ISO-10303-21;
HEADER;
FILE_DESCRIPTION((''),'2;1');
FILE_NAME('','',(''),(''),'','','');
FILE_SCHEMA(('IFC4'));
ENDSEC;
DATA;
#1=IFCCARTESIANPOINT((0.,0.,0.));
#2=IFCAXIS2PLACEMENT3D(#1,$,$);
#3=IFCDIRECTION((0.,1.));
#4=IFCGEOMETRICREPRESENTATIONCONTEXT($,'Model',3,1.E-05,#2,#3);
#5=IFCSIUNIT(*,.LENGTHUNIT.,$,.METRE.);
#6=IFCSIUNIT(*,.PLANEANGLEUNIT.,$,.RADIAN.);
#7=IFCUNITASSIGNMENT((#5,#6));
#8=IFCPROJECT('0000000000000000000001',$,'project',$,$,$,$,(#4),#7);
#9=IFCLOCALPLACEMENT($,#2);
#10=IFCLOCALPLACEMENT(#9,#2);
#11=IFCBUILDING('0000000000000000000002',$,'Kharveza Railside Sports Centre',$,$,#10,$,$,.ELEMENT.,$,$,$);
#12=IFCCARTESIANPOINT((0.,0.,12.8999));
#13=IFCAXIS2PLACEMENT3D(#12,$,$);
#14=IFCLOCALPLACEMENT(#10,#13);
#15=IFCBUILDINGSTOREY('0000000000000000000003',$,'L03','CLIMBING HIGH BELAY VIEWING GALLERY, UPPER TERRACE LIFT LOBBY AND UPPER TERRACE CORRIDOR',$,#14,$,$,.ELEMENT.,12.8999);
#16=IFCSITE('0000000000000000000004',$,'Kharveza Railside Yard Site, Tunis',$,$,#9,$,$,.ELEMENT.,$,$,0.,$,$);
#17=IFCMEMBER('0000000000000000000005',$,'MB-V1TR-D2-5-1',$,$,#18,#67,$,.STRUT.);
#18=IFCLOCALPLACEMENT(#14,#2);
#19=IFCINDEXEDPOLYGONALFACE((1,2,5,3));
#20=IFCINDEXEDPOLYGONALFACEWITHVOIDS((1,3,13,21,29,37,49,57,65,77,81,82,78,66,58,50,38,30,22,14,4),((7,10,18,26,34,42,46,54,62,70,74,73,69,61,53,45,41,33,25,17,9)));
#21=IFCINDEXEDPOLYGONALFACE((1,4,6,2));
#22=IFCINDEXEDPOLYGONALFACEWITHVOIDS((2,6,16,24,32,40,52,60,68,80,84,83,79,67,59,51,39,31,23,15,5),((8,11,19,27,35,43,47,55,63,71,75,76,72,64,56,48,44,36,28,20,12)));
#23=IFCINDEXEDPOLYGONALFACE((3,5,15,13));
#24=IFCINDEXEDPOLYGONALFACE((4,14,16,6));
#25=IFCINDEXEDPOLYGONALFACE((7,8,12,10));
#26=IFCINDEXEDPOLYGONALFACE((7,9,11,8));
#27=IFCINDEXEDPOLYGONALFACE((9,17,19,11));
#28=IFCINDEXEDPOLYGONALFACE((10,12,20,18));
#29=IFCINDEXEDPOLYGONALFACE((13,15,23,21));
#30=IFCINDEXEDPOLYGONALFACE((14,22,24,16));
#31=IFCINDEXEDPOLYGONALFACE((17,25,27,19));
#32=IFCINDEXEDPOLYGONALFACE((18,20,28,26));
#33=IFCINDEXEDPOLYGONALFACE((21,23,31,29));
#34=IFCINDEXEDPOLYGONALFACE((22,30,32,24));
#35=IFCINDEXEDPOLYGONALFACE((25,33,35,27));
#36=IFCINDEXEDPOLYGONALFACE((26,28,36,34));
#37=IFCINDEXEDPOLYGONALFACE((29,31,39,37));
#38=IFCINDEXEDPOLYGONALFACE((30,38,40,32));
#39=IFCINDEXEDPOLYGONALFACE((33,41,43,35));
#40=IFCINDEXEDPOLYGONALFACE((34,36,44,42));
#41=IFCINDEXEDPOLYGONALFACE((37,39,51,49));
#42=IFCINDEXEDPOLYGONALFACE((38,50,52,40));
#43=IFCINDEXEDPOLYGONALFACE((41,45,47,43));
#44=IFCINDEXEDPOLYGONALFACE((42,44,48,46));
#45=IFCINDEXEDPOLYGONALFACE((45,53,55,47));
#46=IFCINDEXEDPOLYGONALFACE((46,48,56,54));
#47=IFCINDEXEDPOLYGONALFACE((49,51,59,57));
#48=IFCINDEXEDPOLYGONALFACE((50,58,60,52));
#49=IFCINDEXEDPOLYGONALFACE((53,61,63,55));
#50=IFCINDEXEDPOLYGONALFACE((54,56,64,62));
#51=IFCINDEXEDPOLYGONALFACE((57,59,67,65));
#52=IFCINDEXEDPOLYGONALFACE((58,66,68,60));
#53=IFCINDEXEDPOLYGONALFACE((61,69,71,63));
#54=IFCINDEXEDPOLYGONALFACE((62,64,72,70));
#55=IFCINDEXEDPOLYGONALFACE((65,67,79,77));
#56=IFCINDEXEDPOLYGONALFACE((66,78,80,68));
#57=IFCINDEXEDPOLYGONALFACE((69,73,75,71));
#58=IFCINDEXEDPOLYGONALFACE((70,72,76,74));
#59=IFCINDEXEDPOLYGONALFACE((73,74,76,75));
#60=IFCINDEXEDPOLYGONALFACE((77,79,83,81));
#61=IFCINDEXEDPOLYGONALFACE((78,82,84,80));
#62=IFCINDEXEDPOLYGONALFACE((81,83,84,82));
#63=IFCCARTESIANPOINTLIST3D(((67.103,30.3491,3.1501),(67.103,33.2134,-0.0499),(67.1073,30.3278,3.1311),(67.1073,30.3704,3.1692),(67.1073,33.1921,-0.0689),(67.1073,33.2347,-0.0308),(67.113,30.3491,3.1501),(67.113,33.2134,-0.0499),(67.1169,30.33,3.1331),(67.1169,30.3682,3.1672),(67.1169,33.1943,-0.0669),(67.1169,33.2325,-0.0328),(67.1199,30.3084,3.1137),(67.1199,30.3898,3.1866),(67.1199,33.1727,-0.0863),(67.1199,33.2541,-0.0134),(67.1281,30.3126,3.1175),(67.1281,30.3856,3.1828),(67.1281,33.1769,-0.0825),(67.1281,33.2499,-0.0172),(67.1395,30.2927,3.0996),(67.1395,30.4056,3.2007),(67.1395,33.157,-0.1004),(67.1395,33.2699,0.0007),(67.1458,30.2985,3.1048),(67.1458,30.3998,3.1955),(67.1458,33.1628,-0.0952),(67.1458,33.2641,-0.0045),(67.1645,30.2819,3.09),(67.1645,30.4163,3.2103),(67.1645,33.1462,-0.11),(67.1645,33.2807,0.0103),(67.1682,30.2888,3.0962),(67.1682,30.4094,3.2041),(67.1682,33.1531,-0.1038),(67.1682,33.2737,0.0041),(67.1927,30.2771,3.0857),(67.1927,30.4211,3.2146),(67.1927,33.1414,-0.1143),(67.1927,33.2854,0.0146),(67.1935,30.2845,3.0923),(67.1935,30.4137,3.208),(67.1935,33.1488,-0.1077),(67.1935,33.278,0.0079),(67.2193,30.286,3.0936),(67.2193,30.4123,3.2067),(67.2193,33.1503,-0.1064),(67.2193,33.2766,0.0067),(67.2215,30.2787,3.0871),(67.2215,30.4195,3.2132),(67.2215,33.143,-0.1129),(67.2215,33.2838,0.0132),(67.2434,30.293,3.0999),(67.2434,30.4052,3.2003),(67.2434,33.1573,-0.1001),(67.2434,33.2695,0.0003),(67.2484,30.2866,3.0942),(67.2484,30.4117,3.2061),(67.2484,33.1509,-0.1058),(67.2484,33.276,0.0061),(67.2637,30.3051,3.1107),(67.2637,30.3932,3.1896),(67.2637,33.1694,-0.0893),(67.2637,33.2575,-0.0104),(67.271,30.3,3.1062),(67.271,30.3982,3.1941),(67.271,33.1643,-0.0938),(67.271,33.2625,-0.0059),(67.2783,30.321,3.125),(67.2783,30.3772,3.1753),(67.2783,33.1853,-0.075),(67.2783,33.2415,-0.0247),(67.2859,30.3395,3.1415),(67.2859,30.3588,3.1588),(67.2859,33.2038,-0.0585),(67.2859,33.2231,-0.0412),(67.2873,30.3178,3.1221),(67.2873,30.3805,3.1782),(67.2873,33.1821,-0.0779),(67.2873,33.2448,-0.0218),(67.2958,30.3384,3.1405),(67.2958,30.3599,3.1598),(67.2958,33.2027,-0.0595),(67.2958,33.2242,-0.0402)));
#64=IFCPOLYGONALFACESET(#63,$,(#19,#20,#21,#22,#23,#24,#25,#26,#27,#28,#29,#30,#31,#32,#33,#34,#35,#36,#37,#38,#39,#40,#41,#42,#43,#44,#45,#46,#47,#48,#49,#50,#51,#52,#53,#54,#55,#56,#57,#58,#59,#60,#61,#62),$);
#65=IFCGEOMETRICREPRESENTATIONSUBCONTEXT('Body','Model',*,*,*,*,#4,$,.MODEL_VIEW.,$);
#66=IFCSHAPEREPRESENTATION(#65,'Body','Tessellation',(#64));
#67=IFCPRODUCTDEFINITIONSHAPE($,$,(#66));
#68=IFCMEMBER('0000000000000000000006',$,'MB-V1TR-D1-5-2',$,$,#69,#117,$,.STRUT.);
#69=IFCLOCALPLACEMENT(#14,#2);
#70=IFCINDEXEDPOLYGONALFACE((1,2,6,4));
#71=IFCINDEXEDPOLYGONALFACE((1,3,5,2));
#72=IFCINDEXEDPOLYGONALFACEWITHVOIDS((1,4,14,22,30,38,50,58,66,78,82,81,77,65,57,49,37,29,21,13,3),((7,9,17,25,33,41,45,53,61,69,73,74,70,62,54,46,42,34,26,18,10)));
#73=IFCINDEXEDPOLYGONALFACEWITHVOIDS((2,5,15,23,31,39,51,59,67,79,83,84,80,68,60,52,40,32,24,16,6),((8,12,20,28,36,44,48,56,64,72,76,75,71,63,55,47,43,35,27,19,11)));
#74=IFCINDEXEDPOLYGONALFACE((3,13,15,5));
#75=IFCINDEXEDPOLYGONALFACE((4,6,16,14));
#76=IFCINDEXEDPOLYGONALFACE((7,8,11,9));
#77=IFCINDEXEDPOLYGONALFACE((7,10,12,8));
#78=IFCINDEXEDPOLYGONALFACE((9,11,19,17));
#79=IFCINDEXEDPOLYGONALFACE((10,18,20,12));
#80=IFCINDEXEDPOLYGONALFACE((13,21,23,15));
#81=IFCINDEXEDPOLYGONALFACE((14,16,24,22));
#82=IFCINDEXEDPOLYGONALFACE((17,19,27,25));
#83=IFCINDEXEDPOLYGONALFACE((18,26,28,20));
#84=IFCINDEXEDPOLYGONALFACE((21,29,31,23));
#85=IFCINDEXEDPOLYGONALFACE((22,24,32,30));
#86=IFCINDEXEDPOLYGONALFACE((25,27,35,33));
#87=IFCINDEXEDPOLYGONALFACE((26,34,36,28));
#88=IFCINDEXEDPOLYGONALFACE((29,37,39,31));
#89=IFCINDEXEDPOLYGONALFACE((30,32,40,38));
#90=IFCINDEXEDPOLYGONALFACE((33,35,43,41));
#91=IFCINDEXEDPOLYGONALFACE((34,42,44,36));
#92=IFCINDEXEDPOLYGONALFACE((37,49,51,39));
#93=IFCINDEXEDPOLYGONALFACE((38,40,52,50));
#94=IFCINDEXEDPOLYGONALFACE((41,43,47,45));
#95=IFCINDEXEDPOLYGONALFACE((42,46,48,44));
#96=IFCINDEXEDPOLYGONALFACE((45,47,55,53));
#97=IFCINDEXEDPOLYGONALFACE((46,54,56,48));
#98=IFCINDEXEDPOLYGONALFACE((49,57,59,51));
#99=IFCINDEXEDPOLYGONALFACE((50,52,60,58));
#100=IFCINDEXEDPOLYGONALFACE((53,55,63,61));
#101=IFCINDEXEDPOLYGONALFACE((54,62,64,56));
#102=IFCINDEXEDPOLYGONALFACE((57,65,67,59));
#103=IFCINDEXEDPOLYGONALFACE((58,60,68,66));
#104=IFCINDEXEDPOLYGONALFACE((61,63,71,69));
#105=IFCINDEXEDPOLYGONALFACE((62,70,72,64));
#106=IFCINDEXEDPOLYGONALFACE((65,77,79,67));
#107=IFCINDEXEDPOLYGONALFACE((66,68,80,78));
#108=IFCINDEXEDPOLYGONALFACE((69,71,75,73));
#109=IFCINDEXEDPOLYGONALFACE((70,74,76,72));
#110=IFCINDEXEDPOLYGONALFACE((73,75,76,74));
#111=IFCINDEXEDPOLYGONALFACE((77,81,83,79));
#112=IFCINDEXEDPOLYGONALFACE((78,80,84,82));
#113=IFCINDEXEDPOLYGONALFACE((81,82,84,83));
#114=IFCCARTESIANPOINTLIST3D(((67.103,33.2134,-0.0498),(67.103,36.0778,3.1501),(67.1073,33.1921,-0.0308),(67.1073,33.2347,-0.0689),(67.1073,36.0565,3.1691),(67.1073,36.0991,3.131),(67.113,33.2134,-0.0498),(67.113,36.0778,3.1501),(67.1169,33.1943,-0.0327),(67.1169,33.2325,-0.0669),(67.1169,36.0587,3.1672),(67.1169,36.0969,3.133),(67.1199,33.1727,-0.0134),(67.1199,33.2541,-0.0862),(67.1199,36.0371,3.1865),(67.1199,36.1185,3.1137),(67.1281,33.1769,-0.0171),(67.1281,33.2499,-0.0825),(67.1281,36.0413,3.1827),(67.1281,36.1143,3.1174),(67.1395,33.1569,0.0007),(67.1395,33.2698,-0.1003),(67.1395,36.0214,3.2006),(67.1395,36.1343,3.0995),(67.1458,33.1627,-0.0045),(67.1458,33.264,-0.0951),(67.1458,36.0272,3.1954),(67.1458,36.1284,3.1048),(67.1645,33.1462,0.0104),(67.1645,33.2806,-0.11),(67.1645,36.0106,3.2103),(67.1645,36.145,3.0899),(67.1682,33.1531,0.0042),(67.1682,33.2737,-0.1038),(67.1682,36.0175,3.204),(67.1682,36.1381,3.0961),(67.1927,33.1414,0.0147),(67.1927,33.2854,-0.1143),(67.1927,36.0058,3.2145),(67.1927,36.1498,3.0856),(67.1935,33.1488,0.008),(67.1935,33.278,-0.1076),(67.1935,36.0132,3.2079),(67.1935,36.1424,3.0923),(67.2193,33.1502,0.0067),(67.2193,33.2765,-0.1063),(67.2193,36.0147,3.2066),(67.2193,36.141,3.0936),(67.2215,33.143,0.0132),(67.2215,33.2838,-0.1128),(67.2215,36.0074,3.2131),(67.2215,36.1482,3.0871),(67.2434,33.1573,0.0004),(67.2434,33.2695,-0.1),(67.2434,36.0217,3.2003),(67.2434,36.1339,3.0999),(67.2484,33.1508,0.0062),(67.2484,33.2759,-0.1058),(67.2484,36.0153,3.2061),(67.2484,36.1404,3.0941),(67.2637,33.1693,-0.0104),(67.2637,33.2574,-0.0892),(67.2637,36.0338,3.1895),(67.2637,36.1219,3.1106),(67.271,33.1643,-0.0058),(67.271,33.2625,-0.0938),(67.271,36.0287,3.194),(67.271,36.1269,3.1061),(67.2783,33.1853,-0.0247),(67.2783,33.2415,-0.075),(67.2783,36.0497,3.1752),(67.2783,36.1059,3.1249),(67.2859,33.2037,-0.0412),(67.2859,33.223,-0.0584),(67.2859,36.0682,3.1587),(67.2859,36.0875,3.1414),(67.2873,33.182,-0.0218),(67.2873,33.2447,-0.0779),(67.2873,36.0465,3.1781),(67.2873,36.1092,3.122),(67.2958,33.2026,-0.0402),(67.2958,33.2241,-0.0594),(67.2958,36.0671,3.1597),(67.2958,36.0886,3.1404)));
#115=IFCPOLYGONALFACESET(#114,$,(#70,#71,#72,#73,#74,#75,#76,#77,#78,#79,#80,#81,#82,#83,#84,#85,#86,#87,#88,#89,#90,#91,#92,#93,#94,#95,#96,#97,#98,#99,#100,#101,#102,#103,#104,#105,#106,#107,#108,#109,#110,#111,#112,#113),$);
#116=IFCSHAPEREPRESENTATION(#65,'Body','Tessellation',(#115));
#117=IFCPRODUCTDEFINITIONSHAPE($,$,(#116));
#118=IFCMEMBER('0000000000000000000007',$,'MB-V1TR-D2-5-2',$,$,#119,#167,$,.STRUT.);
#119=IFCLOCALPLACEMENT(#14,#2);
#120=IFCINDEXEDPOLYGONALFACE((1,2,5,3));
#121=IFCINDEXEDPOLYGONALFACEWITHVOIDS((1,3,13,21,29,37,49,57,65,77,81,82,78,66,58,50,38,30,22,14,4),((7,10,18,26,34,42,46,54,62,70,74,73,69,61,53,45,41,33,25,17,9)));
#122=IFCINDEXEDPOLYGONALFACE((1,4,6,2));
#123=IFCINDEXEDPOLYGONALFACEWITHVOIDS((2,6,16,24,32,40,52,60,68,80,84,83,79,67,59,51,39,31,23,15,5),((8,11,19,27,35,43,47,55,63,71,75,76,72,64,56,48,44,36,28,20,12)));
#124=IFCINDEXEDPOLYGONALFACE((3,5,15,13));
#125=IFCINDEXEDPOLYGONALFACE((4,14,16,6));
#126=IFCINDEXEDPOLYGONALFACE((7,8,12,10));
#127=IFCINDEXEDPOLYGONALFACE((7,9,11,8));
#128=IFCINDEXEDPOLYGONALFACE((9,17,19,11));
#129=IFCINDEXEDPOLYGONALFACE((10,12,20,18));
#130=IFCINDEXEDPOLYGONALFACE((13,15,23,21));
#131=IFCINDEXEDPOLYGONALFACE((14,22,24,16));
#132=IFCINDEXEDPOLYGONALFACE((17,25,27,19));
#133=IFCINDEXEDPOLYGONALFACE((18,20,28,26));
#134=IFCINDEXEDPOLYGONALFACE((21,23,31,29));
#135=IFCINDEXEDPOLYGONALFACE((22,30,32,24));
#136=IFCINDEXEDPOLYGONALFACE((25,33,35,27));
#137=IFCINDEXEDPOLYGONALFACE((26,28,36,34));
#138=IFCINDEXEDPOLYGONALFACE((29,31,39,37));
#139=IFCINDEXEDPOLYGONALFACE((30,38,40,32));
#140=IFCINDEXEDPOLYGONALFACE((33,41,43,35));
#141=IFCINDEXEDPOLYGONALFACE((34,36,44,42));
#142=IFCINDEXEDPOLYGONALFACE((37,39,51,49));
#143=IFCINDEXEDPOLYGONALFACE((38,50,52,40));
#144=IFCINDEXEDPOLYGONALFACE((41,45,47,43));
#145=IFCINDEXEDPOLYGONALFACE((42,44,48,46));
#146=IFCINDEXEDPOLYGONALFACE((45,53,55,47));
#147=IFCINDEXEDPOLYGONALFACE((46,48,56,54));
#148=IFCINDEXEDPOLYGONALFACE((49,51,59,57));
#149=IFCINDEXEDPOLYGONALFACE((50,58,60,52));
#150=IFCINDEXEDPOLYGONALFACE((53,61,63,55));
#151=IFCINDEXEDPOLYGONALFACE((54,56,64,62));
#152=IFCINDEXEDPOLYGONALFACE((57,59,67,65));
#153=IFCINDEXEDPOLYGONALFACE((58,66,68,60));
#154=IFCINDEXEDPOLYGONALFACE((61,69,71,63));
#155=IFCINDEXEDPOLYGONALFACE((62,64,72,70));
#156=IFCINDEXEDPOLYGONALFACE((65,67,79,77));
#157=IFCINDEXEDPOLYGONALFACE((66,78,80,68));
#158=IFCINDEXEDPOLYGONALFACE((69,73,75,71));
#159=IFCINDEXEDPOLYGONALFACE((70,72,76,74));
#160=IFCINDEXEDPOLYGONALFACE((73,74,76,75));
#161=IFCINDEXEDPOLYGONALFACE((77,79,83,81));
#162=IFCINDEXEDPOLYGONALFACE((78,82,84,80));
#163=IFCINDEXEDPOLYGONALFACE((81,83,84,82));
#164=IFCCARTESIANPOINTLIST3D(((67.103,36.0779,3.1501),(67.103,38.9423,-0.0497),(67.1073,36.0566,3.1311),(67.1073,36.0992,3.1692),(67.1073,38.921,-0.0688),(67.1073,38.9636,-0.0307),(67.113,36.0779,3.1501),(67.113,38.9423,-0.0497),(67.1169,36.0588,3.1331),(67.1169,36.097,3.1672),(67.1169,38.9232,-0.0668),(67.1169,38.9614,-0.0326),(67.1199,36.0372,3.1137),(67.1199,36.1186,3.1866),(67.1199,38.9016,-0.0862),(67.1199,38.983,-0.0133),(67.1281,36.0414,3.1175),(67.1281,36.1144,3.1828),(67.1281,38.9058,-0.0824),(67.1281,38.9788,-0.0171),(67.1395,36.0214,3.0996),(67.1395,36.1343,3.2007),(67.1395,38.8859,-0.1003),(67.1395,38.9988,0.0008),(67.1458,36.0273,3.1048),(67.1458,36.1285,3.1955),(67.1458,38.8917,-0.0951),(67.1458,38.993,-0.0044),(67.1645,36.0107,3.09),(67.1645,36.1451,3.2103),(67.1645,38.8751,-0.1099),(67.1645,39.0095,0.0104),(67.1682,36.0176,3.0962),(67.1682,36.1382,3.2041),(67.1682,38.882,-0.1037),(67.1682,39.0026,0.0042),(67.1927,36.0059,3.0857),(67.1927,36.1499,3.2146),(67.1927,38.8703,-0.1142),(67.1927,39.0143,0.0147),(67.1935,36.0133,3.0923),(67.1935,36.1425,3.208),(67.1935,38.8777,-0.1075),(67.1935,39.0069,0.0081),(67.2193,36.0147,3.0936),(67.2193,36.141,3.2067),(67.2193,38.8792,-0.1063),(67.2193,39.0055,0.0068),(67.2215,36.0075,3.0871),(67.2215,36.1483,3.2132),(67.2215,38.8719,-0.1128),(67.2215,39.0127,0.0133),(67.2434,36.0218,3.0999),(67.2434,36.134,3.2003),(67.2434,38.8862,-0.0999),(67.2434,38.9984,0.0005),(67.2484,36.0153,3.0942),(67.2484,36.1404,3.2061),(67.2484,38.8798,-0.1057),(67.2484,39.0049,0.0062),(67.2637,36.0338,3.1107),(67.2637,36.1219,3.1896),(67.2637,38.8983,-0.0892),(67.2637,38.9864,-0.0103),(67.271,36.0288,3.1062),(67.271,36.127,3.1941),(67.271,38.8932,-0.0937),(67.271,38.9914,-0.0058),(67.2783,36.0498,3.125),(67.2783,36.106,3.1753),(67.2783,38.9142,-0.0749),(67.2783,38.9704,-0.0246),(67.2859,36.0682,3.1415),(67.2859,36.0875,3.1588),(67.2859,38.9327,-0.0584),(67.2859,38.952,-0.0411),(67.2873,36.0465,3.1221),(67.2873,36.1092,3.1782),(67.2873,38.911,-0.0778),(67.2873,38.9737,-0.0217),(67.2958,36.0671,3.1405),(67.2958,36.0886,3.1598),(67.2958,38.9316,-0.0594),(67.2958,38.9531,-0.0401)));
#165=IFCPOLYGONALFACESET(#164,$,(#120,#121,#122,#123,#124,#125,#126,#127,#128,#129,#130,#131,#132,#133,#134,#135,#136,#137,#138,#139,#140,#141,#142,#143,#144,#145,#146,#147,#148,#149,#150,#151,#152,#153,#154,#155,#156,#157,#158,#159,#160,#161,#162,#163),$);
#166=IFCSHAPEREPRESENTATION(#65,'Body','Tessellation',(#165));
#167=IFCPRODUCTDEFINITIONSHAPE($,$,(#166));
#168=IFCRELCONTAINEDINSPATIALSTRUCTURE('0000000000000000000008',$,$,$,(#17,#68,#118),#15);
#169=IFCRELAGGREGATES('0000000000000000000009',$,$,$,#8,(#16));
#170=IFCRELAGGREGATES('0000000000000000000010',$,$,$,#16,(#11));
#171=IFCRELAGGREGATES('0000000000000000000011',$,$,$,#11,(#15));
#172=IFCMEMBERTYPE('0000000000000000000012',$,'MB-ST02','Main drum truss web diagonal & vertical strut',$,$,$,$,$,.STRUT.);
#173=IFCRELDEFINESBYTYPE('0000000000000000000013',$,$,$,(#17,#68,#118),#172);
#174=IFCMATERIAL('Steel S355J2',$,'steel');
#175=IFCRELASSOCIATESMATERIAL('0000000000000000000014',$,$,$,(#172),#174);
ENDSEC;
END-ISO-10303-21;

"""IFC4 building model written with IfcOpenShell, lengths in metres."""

from ifc_helpers import new_model, si_unit, direction, frame, origin, origin_2d, place, context, subcontext, project, spatial, hollow_circle, extrude, material, material_profile, profile_set, type_object, element, save


model = new_model("IFC4")

# Units and contexts
model_context = context("Model", 3, precision=1e-05, world=origin(), true_north=direction((0.0, 1.0)))
body_context = subcontext(model_context, "Body", "Model", "MODEL_VIEW")
ifc_project = project(units=[si_unit("LENGTHUNIT", "METRE"), si_unit("PLANEANGLEUNIT", "RADIAN")], contexts=[model_context])

# Site, building, storey
site_placement = place(None, origin())
site = spatial("IfcSite", under=ifc_project, at=site_placement, Name="Kharveza Railside Yard Site, Tunis", CompositionType="ELEMENT", RefElevation=0.0)
building_placement = place(site_placement, origin())
building = spatial("IfcBuilding", under=site, at=building_placement, Name="Kharveza Railside Sports Centre", CompositionType="ELEMENT")
storey_placement = place(building_placement, frame((0.0, 0.0, 12.8999)))
storey = spatial("IfcBuildingStorey", under=building, at=storey_placement, Name="L03", Description="CLIMBING HIGH BELAY VIEWING GALLERY, UPPER TERRACE LIFT LOBBY AND UPPER TERRACE CORRIDOR", CompositionType="ELEMENT", Elevation=12.8999)

# Members
ifc_material = material(Name="Steel S355J2", Category="steel")
ifc_material_profile_1 = material_profile(ifc_material, hollow_circle(Radius=0.0969, WallThickness=0.01, at=origin_2d()), Name="CHS 193.7x10.0")
ifc_profile_set_1 = profile_set([ifc_material_profile_1], Name="Steel S355J2")
member_type_1 = type_object("IfcMemberType", Name="MB-ST02", Description="Main drum truss web diagonal & vertical strut", PredefinedType="STRUT", material=ifc_profile_set_1)
for number, where, z_axis, x_axis, name in (
    (1, (67.2, 30.3491, 3.1501), (0.0, 0.666943, -0.745109), (-1.0, 0.0, 0.0), "MB-V1TR-D2-5-1"),
    (2, (67.2, 33.2134, -0.0498), (0.0, 0.666974, 0.745081), (-1.0, 0.0, 0.0), "MB-V1TR-D1-5-2"),
    (3, (67.2, 36.0779, 3.1501), (0.0, 0.666974, -0.745081), (-1.0, 0.0, 0.0), "MB-V1TR-D2-5-2"),
):
    element("IfcMember", number, at=place(storey_placement, frame(where, z_axis=z_axis, x_axis=x_axis)), inside=storey, type_object=member_type_1, Name=name, PredefinedType="STRUT", context=body_context, shape_type="SweptSolid", body=[
        extrude(hollow_circle(Radius=0.0969, WallThickness=0.01, at=origin_2d()), origin(), (0.0, 0.0, 1.0), 4.2947),
    ])

save(model, "model.ifc")
